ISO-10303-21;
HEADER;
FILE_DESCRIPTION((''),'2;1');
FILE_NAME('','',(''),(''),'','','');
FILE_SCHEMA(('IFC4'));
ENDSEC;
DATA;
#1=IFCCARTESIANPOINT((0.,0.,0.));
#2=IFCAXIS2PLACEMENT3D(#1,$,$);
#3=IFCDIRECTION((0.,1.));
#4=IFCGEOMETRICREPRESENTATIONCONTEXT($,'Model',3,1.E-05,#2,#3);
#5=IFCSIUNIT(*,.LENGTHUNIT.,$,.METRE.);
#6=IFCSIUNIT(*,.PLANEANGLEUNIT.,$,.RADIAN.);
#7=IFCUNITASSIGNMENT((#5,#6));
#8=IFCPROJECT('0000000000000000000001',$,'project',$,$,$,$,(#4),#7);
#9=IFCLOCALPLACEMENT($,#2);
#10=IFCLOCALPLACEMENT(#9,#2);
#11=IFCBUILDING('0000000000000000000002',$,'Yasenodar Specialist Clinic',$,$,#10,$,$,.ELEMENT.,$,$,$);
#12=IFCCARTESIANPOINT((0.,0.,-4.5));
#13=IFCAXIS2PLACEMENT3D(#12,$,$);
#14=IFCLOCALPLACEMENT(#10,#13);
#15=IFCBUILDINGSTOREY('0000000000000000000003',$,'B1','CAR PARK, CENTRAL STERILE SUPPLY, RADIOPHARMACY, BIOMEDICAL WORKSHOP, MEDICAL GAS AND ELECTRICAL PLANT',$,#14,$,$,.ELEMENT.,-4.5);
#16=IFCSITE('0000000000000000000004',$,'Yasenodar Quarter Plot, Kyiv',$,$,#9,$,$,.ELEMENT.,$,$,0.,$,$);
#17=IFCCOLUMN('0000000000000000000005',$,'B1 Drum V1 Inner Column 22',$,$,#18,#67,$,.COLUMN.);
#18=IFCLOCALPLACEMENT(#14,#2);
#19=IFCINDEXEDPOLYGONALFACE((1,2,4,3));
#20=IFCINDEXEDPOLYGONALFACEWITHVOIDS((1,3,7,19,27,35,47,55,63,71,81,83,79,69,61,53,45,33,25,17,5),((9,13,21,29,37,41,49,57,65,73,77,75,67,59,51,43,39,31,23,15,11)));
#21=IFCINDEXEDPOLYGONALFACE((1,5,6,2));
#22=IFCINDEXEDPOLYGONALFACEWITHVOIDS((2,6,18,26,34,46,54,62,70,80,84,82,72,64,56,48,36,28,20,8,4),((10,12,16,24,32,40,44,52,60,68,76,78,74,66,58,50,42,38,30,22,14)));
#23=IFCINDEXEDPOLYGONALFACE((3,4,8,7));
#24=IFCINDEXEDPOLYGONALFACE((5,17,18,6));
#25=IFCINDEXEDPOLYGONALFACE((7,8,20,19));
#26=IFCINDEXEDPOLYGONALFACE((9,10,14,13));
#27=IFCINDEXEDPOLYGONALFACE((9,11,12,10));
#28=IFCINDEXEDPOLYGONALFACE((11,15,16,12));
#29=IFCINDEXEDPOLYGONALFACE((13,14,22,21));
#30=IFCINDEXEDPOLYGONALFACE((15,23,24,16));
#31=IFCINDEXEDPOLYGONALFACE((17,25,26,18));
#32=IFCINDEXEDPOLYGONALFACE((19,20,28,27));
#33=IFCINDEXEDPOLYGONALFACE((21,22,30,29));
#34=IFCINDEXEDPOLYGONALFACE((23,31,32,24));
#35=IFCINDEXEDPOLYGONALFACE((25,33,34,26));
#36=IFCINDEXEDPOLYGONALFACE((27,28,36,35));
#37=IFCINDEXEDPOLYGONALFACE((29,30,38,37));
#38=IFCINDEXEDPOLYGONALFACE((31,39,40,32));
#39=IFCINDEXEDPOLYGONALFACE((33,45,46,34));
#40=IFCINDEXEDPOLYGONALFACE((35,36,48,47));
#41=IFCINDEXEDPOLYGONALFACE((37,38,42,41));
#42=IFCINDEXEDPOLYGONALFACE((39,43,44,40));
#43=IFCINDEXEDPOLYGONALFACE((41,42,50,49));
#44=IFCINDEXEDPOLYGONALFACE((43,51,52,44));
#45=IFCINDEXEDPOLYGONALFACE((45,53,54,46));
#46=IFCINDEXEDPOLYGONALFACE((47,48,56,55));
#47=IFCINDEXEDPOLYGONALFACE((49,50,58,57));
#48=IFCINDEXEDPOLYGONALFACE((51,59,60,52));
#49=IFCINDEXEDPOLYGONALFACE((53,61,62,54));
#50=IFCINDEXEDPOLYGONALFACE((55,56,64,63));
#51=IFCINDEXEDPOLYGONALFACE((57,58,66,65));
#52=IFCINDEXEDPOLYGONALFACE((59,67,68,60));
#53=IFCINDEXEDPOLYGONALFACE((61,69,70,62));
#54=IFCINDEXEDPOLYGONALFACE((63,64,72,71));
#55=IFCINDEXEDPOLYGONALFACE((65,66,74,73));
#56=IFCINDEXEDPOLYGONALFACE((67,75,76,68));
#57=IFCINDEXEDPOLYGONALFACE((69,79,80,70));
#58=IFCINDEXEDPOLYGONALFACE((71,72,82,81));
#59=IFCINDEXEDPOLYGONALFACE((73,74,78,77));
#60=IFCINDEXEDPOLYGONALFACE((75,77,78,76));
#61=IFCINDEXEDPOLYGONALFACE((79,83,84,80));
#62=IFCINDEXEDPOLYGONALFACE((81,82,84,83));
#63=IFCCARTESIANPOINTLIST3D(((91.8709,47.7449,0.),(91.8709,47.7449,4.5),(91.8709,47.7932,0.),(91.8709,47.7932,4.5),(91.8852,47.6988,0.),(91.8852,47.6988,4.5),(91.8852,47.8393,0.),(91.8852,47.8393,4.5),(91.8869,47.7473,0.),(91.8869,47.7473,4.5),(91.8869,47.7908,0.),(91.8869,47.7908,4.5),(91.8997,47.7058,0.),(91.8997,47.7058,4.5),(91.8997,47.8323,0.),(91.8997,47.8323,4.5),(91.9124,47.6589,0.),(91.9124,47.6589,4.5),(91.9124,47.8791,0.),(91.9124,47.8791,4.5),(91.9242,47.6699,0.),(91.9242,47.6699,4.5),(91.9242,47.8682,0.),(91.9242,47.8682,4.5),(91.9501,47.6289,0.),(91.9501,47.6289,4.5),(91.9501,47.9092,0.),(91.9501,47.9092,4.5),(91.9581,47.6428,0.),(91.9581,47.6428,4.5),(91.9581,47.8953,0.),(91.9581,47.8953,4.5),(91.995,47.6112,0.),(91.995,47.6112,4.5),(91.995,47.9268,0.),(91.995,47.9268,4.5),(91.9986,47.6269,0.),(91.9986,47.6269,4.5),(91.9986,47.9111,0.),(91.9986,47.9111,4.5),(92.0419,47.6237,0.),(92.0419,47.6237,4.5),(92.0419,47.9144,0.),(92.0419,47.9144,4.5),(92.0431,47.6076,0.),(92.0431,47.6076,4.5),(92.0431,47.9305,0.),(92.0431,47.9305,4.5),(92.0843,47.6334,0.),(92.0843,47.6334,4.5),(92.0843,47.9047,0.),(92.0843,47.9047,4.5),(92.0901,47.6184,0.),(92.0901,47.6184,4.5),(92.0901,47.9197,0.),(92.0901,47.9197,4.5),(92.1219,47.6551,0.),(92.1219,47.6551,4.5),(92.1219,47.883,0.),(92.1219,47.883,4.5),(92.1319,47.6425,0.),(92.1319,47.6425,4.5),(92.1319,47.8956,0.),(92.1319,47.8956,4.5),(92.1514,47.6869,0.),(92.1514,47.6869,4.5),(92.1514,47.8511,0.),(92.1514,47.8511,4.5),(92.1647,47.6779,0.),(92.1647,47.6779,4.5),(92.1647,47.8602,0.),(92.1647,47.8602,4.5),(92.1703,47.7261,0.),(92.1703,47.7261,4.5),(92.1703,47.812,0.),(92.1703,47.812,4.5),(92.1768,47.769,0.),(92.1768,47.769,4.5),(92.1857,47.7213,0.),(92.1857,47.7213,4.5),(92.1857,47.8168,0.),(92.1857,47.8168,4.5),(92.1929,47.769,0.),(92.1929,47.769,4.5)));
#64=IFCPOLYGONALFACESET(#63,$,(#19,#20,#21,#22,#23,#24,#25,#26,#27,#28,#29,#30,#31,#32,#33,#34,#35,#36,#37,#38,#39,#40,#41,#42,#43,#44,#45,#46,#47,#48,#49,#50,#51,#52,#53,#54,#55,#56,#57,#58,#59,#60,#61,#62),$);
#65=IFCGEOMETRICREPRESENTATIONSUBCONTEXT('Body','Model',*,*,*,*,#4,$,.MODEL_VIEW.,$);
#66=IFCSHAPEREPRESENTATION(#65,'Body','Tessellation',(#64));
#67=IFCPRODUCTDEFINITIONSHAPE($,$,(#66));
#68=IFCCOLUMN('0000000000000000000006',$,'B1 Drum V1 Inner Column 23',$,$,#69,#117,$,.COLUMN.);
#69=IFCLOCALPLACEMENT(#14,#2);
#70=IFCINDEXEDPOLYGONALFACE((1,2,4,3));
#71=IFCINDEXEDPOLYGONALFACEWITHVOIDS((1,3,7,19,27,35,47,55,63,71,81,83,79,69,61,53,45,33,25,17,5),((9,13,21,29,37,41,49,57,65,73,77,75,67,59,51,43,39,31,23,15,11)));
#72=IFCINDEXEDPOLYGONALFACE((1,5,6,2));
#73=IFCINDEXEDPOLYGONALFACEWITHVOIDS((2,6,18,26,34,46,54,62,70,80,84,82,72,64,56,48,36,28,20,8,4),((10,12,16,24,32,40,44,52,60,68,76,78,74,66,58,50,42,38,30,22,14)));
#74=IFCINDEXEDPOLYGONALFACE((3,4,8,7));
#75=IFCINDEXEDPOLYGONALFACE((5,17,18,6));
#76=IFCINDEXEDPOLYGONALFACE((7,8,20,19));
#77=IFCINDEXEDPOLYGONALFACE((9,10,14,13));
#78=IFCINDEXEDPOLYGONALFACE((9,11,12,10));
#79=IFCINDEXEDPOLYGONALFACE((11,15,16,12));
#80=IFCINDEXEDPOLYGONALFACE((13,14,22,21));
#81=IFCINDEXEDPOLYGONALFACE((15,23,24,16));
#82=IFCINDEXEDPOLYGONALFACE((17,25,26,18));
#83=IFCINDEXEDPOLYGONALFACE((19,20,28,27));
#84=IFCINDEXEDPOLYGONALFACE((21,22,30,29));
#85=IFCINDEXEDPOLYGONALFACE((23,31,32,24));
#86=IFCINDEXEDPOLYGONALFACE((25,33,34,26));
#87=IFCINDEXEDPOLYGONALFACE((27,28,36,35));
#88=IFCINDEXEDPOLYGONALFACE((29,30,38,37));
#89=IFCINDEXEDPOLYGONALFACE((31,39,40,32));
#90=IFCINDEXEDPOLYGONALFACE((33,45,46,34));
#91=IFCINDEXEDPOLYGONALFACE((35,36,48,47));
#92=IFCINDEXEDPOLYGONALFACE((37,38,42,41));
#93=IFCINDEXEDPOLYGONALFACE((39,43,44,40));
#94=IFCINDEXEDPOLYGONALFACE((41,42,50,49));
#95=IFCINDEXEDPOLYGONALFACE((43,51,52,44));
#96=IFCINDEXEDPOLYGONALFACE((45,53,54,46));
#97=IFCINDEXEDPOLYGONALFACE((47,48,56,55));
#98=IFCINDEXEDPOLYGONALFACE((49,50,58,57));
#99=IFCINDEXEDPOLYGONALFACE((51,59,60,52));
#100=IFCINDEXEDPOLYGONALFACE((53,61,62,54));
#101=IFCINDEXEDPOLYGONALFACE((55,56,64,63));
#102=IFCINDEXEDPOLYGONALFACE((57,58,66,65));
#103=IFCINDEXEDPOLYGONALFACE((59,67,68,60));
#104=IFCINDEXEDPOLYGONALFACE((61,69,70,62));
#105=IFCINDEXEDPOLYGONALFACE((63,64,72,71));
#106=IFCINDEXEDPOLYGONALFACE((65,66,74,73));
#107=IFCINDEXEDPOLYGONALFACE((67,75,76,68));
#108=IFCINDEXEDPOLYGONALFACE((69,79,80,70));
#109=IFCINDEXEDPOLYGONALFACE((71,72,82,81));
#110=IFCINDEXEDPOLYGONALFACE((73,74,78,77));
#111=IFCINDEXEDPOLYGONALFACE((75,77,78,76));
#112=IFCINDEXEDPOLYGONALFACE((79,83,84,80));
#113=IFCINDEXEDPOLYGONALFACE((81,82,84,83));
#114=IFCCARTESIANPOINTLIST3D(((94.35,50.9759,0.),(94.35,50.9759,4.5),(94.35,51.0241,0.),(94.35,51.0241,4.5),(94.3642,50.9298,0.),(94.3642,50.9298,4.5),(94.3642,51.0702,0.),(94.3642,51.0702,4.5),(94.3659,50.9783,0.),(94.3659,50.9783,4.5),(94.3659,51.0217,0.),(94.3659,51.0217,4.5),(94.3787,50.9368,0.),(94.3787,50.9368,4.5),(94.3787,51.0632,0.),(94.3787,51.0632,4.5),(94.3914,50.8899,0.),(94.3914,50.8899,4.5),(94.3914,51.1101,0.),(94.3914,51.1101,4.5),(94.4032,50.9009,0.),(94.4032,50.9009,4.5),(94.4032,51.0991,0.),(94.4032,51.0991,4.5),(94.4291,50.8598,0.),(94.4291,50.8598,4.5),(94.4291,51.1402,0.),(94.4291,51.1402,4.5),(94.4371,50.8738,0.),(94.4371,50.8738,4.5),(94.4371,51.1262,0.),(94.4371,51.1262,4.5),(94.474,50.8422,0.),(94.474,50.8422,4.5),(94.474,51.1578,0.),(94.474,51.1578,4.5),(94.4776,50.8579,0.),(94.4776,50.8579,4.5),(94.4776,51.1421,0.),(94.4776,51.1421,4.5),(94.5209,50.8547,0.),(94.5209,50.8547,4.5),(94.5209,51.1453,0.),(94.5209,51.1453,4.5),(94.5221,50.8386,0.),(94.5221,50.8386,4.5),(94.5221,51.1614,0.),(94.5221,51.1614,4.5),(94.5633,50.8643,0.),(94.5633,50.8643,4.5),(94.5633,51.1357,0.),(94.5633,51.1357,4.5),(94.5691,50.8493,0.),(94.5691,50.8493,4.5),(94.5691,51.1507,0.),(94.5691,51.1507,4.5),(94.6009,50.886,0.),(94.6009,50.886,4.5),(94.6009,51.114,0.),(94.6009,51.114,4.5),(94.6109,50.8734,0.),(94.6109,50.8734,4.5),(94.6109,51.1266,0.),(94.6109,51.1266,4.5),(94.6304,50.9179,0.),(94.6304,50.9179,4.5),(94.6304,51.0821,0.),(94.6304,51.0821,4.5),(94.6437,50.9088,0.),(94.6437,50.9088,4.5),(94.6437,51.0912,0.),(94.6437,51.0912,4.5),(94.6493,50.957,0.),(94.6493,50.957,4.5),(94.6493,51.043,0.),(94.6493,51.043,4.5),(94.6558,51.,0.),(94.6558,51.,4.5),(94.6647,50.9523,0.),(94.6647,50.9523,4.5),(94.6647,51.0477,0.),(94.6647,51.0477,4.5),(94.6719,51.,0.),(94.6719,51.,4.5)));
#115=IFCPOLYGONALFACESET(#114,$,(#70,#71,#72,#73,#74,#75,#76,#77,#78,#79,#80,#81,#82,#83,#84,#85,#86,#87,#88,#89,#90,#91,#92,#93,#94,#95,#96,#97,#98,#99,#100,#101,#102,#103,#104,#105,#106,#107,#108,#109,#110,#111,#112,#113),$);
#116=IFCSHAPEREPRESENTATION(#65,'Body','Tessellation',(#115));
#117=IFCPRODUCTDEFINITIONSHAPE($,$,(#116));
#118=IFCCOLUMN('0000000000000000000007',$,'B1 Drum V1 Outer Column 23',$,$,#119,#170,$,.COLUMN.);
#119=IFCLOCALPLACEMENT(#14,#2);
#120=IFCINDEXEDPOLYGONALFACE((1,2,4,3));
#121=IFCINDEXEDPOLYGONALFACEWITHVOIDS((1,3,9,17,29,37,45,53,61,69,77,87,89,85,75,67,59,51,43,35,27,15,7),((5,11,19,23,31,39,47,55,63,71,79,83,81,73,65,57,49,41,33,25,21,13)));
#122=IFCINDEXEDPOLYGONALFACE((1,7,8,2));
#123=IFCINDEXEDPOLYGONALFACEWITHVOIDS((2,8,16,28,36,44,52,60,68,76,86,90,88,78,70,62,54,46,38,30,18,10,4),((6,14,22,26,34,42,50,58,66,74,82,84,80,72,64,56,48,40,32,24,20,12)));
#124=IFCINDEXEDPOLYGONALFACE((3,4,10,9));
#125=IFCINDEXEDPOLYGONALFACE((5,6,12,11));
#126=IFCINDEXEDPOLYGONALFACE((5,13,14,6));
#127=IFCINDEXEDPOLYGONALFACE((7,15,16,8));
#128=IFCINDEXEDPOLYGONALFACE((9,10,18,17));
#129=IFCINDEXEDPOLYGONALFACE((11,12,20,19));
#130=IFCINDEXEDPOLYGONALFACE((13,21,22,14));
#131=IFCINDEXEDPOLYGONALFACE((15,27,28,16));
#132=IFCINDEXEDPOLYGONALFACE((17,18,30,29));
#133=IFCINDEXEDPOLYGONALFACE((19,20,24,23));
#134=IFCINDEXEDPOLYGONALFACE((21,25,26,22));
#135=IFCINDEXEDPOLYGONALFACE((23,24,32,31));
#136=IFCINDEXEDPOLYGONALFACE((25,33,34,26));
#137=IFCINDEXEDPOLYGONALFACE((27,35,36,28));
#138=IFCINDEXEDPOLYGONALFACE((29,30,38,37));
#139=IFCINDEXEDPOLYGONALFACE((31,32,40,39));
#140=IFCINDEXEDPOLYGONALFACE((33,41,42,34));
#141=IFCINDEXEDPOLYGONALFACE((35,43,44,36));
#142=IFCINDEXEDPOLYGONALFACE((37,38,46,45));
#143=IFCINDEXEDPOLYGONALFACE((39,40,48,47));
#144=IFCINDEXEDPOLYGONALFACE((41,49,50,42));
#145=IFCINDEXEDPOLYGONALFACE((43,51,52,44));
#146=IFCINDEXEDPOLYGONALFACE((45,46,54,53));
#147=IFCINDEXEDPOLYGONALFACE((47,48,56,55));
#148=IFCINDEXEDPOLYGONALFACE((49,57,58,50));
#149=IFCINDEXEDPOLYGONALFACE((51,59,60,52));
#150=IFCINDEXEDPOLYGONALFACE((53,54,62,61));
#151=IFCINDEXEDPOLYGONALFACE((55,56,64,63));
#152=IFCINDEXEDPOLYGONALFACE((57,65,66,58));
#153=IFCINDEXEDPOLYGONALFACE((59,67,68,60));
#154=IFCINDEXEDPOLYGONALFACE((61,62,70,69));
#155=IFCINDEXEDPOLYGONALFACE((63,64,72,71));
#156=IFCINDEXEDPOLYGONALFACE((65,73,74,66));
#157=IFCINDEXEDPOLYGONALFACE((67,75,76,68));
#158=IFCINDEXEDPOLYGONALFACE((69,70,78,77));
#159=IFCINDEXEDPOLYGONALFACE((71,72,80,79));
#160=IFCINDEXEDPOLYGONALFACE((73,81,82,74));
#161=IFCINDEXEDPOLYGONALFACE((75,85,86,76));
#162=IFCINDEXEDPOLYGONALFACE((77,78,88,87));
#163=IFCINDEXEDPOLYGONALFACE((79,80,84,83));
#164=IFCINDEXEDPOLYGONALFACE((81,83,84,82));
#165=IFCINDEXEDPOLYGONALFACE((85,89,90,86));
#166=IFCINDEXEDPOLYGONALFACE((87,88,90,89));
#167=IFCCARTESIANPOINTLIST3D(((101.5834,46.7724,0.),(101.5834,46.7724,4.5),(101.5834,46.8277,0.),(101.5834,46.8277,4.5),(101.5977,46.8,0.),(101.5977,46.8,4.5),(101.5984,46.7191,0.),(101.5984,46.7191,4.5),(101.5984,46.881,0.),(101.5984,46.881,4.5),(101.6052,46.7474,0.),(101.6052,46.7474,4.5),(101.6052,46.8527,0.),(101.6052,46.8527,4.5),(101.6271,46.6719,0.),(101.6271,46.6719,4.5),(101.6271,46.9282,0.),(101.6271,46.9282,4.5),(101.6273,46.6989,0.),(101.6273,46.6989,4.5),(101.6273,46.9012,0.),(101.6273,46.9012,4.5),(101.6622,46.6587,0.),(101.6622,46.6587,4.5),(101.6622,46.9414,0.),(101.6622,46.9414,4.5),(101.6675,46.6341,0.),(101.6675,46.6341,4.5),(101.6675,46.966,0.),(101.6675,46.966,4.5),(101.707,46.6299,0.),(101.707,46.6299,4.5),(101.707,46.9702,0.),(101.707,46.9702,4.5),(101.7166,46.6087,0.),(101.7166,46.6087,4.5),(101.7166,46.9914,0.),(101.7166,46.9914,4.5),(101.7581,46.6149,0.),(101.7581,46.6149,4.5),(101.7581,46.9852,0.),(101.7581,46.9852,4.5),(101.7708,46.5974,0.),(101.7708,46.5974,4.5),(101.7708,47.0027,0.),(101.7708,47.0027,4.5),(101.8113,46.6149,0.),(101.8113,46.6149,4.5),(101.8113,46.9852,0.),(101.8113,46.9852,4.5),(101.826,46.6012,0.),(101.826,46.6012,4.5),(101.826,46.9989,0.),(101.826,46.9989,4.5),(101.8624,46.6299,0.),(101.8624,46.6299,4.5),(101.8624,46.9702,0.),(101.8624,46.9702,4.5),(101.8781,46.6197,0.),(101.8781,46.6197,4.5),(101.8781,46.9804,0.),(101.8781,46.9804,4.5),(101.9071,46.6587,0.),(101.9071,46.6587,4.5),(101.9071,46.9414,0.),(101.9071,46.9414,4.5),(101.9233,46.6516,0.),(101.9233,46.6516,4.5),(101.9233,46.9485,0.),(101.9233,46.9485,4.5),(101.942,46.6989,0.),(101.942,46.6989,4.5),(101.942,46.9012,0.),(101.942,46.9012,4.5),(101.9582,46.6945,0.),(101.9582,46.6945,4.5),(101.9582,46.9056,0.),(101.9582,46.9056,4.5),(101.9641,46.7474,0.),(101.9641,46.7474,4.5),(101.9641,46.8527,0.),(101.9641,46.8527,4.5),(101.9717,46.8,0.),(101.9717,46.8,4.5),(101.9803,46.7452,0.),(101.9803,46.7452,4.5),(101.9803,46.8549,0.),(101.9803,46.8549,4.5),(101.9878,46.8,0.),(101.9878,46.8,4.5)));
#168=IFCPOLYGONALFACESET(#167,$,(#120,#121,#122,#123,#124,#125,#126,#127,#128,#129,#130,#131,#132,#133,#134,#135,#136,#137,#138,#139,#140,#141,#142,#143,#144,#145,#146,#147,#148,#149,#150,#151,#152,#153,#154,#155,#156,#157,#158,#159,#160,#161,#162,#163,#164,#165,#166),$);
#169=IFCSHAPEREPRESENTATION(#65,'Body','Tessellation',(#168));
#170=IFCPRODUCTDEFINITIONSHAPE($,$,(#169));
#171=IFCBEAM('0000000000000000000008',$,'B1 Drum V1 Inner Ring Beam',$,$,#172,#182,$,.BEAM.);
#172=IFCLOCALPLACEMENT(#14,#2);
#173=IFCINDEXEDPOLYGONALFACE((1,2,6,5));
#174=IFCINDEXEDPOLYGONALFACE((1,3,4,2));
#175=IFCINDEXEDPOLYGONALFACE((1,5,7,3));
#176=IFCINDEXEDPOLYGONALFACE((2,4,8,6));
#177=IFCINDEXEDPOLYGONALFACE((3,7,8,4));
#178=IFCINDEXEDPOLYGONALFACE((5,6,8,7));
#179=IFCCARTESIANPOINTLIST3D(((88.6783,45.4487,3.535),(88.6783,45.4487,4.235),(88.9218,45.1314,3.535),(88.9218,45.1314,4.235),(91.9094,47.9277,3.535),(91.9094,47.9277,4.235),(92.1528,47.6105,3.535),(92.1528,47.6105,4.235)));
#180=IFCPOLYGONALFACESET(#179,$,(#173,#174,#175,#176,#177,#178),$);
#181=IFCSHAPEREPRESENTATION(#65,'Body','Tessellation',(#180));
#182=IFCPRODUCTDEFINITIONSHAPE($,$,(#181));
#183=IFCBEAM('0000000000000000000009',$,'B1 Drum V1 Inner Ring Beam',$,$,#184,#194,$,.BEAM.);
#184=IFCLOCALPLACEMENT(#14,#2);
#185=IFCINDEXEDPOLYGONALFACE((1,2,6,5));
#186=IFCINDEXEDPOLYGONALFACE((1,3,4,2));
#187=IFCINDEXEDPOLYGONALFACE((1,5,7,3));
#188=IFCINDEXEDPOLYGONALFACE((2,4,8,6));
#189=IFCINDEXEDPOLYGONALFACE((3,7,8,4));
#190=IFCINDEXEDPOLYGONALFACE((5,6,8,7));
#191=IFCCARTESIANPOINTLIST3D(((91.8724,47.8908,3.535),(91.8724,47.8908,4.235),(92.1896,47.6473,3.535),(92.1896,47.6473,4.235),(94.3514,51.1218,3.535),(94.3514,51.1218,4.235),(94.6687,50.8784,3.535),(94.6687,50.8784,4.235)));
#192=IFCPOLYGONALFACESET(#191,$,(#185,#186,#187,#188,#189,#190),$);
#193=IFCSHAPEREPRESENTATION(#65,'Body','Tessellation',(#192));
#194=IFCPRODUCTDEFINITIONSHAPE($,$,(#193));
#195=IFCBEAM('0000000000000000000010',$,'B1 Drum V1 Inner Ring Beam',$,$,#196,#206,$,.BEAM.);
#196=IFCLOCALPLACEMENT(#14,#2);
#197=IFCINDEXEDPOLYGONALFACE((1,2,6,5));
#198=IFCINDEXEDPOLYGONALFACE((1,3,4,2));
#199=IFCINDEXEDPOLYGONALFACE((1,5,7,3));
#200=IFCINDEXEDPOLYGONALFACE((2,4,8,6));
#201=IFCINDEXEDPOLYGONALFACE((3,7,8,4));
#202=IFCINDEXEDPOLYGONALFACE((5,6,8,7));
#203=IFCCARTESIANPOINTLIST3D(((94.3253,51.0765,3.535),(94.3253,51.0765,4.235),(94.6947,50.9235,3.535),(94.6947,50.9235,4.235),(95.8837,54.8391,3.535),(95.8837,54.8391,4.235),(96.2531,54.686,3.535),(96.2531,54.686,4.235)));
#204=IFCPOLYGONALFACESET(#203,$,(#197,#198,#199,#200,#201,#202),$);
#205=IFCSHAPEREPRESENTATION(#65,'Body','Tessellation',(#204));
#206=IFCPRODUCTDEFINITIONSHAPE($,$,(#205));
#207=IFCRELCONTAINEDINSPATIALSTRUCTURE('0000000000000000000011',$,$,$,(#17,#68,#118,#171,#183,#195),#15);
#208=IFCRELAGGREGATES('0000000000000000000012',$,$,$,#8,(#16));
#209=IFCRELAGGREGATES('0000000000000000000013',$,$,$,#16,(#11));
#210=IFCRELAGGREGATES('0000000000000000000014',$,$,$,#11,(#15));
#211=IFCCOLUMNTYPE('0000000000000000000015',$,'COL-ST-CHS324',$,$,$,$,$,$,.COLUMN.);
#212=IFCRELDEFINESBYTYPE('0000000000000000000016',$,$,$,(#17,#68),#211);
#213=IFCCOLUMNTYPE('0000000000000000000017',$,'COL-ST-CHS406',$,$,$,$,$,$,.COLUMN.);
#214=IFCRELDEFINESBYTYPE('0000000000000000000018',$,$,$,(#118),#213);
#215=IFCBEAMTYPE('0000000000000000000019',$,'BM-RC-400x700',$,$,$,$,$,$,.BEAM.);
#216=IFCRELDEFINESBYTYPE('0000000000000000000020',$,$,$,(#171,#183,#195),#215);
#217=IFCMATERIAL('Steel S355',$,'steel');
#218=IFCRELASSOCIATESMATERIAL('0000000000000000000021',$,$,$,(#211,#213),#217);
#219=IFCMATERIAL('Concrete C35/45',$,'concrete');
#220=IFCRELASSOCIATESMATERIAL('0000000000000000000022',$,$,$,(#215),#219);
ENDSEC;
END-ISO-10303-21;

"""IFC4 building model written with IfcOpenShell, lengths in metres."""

from ifc_helpers import new_model, si_unit, direction, frame, origin, origin_2d, place, context, subcontext, project, spatial, rectangle, hollow_circle, extrude, material, material_profile, profile_set, type_object, element, save


model = new_model("IFC4")

# Units and contexts
model_context = context("Model", 3, precision=1e-05, world=origin(), true_north=direction((0.0, 1.0)))
body_context = subcontext(model_context, "Body", "Model", "MODEL_VIEW")
ifc_project = project(units=[si_unit("LENGTHUNIT", "METRE"), si_unit("PLANEANGLEUNIT", "RADIAN")], contexts=[model_context])

# Site, building, storey
site_placement = place(None, origin())
site = spatial("IfcSite", under=ifc_project, at=site_placement, Name="Yasenodar Quarter Plot, Kyiv", CompositionType="ELEMENT", RefElevation=0.0)
building_placement = place(site_placement, origin())
building = spatial("IfcBuilding", under=site, at=building_placement, Name="Yasenodar Specialist Clinic", CompositionType="ELEMENT")
storey_placement = place(building_placement, frame((0.0, 0.0, -4.5)))
storey = spatial("IfcBuildingStorey", under=building, at=storey_placement, Name="B1", Description="CAR PARK, CENTRAL STERILE SUPPLY, RADIOPHARMACY, BIOMEDICAL WORKSHOP, MEDICAL GAS AND ELECTRICAL PLANT", CompositionType="ELEMENT", Elevation=-4.5)

# Shared definitions
ifc_material_1 = material(Name="Concrete C35/45", Category="concrete")

# Columns
ifc_material_2 = material(Name="Steel S355", Category="steel")
ifc_material_profile_1 = material_profile(ifc_material_2, hollow_circle(Radius=0.1619, WallThickness=0.0161, at=origin_2d()), Name="CHS 323.9x16")
ifc_profile_set_1 = profile_set([ifc_material_profile_1], Name="Steel S355")
column_type_1 = type_object("IfcColumnType", Name="COL-ST-CHS324", PredefinedType="COLUMN", material=ifc_profile_set_1)
for number, where, z_axis, x_axis, name in (
    (1, (92.031, 47.769, 0.0), (0.0, 0.0, 1.0), (1.0, 0.0, 0.0), "B1 Drum V1 Inner Column 22"),
    (2, (94.51, 51.0, 0.0), (0.0, 0.0, 1.0), (1.0, 0.0, 0.0), "B1 Drum V1 Inner Column 23"),
):
    element("IfcColumn", number, at=place(storey_placement, frame(where, z_axis=z_axis, x_axis=x_axis)), inside=storey, type_object=column_type_1, Name=name, PredefinedType="COLUMN", context=body_context, shape_type="SweptSolid", body=[
        extrude(hollow_circle(Radius=0.1619, WallThickness=0.0161, at=origin_2d()), origin(), (0.0, 0.0, 1.0), 4.5),
    ])
ifc_material_profile_2 = material_profile(ifc_material_2, hollow_circle(Radius=0.2031, WallThickness=0.0161, at=origin_2d()), Name="CHS 406.4x16")
ifc_profile_set_2 = profile_set([ifc_material_profile_2], Name="Steel S355")
column_type_2 = type_object("IfcColumnType", Name="COL-ST-CHS406", PredefinedType="COLUMN", material=ifc_profile_set_2)
column_placement = place(storey_placement, frame((101.7847, 46.8, 0.0), z_axis=(0.0, 0.0, 1.0), x_axis=(1.0, 0.0, 0.0)))
element("IfcColumn", 3, at=column_placement, inside=storey, type_object=column_type_2, Name="B1 Drum V1 Outer Column 23", PredefinedType="COLUMN", context=body_context, shape_type="SweptSolid", body=[
    extrude(hollow_circle(Radius=0.2031, WallThickness=0.0161, at=origin_2d()), origin(), (0.0, 0.0, 1.0), 4.5),
])

# Beams
ifc_material_profile_3 = material_profile(ifc_material_1, rectangle(XDim=0.3999, YDim=0.7, at=origin_2d()), Name="RC 400x700")
ifc_profile_set_3 = profile_set([ifc_material_profile_3], Name="Concrete C35/45")
beam_type_1 = type_object("IfcBeamType", Name="BM-RC-400x700", PredefinedType="BEAM", material=ifc_profile_set_3)
for number, where, z_axis, x_axis, name in (
    (4, (88.8, 45.29, 3.885), (0.793377, 0.608731, 0.0), (-0.608731, 0.793377, 0.0), "B1 Drum V1 Inner Ring Beam"),
    (5, (92.031, 47.769, 3.885), (0.608731, 0.793377, 0.0), (-0.793377, 0.608731, 0.0), "B1 Drum V1 Inner Ring Beam"),
    (6, (94.51, 51.0, 3.885), (0.382661, 0.923889, 0.0), (-0.923889, 0.382661, 0.0), "B1 Drum V1 Inner Ring Beam"),
):
    element("IfcBeam", number, at=place(storey_placement, frame(where, z_axis=z_axis, x_axis=x_axis)), inside=storey, type_object=beam_type_1, Name=name, PredefinedType="BEAM", context=body_context, shape_type="SweptSolid", body=[
        extrude(rectangle(XDim=0.3999, YDim=0.7, at=origin_2d()), origin(), (0.0, 0.0, 1.0), 4.0725),
    ])

save(model, "model.ifc")
